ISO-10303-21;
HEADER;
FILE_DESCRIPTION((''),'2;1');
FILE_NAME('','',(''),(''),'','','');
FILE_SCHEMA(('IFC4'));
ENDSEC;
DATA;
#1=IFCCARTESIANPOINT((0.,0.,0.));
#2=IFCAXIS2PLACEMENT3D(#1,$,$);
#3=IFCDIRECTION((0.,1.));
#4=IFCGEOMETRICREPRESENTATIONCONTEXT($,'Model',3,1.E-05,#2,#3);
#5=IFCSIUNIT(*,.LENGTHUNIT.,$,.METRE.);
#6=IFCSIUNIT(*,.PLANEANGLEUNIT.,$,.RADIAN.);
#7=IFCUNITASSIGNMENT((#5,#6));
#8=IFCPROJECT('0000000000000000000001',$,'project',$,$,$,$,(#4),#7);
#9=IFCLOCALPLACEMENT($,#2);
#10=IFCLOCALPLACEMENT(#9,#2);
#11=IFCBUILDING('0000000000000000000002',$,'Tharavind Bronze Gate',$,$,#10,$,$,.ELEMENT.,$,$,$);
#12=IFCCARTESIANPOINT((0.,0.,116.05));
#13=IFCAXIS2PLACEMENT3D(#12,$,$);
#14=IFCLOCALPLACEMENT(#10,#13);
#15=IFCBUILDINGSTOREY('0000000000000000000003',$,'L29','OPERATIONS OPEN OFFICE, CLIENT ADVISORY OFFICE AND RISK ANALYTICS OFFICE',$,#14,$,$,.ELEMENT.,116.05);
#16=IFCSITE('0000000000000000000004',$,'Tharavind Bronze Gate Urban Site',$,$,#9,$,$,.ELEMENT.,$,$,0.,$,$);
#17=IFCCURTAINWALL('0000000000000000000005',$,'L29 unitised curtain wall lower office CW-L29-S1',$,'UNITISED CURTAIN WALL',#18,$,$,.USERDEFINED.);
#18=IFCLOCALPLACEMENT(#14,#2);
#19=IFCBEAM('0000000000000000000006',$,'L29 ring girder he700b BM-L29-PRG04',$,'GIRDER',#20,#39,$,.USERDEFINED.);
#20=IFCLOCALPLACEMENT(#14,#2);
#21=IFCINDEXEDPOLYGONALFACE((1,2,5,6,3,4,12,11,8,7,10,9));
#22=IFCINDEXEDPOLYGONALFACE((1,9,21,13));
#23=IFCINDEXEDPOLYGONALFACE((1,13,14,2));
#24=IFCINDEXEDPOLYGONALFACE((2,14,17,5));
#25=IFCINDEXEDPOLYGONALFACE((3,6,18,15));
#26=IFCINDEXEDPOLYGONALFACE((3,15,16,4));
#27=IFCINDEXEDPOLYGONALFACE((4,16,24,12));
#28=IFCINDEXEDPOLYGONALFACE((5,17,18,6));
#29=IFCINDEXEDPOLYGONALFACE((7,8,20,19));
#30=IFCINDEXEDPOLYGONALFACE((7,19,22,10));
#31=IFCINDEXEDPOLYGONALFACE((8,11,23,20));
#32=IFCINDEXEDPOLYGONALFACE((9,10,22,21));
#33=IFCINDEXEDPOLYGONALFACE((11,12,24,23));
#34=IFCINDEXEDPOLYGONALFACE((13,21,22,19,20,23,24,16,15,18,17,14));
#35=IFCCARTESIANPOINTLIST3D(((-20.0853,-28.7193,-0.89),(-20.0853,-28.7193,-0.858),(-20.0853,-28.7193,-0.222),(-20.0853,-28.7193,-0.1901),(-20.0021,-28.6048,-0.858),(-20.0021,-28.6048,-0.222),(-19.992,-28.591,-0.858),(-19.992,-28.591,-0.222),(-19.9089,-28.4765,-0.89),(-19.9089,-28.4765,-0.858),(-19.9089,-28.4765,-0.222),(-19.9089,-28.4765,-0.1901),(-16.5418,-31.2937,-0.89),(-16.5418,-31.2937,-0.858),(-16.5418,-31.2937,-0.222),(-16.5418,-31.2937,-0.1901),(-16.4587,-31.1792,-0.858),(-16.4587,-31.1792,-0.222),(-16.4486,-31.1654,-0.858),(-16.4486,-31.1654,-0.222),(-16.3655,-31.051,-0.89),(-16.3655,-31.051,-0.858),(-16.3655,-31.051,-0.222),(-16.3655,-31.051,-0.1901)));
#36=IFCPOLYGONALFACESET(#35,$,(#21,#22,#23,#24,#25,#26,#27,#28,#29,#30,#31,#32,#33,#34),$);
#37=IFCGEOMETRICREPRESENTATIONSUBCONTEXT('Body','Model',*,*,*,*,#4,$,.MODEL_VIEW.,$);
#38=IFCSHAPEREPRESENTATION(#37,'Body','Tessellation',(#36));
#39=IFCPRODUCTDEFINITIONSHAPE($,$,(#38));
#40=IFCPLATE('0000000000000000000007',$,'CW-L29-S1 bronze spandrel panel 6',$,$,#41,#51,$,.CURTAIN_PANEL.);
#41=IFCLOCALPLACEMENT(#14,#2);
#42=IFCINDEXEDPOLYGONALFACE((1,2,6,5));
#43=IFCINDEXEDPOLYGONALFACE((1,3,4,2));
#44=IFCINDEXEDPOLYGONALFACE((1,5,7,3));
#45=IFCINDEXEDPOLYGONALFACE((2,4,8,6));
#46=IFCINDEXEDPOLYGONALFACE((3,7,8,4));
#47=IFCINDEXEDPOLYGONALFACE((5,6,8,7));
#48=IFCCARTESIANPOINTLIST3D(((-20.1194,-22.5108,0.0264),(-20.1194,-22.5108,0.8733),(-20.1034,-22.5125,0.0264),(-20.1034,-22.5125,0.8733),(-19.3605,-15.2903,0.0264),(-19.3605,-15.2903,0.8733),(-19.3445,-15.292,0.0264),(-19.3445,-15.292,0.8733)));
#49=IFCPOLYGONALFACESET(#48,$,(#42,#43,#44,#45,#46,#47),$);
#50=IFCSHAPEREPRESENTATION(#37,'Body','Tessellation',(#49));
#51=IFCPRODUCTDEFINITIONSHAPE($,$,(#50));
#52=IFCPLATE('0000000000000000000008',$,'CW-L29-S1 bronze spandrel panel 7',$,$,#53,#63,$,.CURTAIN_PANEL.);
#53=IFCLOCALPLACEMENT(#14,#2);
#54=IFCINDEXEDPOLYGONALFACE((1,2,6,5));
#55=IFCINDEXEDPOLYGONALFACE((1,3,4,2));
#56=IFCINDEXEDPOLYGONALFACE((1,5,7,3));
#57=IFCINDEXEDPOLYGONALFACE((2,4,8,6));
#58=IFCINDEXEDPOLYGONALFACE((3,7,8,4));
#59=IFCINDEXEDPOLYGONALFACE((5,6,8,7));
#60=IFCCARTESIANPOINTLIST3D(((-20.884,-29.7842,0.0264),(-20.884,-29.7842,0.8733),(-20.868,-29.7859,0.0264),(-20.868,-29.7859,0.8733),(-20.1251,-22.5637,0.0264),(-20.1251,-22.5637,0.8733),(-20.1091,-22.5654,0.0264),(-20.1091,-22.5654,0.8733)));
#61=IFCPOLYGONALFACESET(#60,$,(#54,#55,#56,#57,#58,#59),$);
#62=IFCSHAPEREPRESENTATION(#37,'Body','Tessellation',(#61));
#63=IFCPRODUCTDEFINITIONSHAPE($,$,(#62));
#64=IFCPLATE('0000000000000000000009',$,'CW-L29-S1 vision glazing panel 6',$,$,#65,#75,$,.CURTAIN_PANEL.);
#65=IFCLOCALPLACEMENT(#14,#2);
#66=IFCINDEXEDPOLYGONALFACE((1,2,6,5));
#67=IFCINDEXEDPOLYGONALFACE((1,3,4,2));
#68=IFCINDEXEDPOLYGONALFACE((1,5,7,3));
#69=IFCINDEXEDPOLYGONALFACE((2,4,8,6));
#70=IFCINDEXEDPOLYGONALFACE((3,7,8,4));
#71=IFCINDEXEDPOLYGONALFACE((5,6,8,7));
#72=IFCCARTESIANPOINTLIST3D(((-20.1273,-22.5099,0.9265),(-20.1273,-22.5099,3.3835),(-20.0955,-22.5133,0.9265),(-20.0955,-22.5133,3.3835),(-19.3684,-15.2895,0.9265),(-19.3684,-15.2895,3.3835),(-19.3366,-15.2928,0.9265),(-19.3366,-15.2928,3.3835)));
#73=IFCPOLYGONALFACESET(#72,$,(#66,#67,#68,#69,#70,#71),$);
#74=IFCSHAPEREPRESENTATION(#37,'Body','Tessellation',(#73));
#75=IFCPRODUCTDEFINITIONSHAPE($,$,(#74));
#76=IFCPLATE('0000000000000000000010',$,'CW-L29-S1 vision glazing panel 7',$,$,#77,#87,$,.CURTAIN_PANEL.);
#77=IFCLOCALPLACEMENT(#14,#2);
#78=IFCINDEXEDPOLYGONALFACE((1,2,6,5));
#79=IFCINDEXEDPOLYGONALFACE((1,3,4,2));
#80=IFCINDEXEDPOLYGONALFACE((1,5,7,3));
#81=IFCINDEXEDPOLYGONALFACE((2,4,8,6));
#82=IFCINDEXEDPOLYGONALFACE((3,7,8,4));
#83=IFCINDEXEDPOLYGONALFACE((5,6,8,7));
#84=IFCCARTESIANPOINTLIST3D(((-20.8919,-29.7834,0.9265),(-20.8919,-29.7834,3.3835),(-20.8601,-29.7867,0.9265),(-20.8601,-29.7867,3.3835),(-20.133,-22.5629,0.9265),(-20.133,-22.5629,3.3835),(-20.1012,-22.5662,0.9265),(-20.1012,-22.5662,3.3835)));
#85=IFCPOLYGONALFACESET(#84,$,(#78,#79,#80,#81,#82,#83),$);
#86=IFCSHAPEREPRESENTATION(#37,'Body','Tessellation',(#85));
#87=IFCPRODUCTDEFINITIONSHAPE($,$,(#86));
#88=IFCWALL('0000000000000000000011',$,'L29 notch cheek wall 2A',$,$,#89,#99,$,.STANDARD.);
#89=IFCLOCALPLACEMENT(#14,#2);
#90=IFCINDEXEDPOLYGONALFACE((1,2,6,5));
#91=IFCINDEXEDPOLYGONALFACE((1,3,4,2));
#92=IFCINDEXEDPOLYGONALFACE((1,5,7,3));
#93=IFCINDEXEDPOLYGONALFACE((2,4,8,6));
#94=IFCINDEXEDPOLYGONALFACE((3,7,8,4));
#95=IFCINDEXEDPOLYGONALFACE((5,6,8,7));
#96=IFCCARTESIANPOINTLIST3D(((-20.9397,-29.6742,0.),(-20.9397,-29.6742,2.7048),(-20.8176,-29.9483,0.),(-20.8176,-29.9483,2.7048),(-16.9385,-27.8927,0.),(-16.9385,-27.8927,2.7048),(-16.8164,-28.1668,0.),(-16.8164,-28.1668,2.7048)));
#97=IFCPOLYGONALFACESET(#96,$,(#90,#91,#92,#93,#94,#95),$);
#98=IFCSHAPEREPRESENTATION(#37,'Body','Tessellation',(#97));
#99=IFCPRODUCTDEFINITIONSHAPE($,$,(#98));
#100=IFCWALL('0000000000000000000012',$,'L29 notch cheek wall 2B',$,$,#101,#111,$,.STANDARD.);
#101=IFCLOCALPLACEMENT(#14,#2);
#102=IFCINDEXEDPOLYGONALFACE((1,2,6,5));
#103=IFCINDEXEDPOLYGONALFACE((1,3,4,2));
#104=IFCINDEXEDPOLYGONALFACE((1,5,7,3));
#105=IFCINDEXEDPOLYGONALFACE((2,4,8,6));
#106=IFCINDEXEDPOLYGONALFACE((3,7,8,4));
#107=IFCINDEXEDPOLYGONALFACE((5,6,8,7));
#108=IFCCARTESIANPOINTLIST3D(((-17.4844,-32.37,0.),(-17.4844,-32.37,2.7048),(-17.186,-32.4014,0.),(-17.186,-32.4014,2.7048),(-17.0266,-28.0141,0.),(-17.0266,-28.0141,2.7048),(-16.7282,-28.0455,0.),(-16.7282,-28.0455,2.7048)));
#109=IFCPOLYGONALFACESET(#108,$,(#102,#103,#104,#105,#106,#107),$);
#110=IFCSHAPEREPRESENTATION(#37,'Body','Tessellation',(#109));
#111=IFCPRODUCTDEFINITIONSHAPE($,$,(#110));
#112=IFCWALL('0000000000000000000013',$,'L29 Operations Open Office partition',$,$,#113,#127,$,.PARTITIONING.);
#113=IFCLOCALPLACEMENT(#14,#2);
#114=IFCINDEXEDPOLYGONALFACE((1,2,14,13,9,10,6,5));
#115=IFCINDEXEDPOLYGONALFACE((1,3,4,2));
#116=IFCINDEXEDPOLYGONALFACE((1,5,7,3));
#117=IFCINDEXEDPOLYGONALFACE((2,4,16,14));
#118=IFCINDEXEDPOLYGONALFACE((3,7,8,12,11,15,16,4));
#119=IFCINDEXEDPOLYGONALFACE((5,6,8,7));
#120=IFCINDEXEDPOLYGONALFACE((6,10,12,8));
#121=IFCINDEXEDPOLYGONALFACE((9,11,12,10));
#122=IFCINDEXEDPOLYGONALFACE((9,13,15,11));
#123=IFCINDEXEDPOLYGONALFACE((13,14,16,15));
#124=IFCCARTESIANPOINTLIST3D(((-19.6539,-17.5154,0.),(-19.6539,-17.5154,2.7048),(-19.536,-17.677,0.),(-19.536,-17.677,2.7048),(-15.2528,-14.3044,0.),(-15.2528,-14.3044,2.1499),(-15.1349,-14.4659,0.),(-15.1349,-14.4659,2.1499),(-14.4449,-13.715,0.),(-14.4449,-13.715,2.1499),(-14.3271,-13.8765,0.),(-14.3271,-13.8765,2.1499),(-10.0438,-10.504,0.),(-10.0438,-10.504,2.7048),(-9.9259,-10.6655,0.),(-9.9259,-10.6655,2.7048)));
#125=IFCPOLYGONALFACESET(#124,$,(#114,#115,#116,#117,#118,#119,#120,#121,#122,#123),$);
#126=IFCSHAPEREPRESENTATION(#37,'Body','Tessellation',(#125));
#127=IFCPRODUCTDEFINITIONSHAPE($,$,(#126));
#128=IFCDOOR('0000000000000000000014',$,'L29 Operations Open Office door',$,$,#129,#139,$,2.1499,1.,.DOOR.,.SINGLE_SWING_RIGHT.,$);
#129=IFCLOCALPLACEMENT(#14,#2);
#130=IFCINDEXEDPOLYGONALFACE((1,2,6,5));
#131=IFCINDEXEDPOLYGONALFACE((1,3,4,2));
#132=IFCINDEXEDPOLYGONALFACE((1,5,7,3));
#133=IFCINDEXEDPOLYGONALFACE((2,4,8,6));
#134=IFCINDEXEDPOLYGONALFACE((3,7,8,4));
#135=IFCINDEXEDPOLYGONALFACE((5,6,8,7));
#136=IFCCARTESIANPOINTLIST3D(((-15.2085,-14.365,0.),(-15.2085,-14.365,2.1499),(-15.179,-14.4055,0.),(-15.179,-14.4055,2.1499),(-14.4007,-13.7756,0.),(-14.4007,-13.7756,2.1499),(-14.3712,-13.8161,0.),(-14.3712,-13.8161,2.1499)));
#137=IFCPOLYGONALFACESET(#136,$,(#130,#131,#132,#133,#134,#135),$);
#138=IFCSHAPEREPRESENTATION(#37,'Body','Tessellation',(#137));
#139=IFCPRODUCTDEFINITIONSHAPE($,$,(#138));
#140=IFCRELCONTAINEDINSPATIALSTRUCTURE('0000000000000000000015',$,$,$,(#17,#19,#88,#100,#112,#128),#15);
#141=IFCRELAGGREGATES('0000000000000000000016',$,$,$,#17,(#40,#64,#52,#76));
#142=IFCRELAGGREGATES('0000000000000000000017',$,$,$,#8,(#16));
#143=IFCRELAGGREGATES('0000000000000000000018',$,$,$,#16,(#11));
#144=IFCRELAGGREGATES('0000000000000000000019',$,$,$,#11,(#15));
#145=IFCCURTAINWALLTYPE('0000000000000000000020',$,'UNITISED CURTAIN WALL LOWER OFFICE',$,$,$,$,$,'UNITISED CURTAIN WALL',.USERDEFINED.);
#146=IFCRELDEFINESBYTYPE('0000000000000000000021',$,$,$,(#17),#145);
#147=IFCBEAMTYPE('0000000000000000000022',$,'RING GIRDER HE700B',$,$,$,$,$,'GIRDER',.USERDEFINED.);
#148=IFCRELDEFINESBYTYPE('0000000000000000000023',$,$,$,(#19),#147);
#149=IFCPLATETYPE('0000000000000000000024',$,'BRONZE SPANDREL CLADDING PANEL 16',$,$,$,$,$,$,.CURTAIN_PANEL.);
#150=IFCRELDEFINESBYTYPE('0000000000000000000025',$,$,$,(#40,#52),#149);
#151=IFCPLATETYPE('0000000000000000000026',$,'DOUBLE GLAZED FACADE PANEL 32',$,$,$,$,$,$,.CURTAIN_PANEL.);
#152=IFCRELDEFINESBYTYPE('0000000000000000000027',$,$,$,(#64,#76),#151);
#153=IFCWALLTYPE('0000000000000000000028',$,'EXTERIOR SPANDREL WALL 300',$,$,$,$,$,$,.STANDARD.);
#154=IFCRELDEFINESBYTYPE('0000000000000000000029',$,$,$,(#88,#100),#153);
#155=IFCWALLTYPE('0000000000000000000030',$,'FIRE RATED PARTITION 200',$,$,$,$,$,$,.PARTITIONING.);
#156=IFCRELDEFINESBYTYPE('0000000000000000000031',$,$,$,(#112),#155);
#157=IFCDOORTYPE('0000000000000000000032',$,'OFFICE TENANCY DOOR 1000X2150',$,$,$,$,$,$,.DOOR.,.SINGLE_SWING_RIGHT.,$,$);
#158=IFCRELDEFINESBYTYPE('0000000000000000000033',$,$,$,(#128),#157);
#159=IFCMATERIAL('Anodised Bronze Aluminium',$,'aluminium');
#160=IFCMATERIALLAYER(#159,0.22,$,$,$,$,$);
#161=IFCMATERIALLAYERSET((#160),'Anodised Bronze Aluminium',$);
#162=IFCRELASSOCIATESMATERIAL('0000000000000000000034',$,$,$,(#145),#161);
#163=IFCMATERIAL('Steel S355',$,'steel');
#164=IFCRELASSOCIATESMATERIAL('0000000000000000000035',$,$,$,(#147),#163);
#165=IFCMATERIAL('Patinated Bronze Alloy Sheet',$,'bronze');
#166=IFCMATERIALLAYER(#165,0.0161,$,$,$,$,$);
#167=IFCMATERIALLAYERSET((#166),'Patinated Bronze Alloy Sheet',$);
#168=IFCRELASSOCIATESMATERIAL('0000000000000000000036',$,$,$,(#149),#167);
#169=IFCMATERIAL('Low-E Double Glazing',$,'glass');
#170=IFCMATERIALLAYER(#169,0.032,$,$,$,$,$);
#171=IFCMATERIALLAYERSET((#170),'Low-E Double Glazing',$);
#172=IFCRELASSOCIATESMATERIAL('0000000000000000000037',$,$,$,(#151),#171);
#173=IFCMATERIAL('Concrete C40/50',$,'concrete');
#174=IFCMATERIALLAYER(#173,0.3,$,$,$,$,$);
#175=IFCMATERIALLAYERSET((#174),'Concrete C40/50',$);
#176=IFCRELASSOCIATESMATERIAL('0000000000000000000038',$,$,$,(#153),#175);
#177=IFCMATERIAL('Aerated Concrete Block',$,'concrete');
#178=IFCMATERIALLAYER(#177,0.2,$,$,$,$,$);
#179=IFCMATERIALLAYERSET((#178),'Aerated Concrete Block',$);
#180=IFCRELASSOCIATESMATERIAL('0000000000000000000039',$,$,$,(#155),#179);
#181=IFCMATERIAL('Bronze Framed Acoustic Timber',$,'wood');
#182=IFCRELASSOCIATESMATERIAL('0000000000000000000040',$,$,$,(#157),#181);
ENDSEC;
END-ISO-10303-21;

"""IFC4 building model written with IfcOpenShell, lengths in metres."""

from ifc_helpers import new_model, si_unit, direction, frame, frame_2d, origin, origin_2d, place, context, subcontext, project, spatial, rectangle, i_section, extrude, material, layer, layer_set, material_profile, profile_set, type_object, element, fill, aggregate, save


model = new_model("IFC4")

# Units and contexts
model_context = context("Model", 3, precision=1e-05, world=origin(), true_north=direction((0.0, 1.0)))
body_context = subcontext(model_context, "Body", "Model", "MODEL_VIEW")
ifc_project = project(units=[si_unit("LENGTHUNIT", "METRE"), si_unit("PLANEANGLEUNIT", "RADIAN")], contexts=[model_context])

# Site, building, storey
site_placement = place(None, origin())
site = spatial("IfcSite", under=ifc_project, at=site_placement, Name="Tharavind Bronze Gate Urban Site", CompositionType="ELEMENT", RefElevation=0.0)
building_placement = place(site_placement, origin())
building = spatial("IfcBuilding", under=site, at=building_placement, Name="Tharavind Bronze Gate", CompositionType="ELEMENT")
storey_placement = place(building_placement, frame((0.0, 0.0, 116.05)))
storey = spatial("IfcBuildingStorey", under=building, at=storey_placement, Name="L29", Description="OPERATIONS OPEN OFFICE, CLIENT ADVISORY OFFICE AND RISK ANALYTICS OFFICE", CompositionType="ELEMENT", Elevation=116.05)

# Curtain wall
ifc_material_1 = material(Name="Anodised Bronze Aluminium", Category="aluminium")
ifc_layer_1 = layer(ifc_material_1, 0.22)
ifc_layer_set_1 = layer_set([ifc_layer_1], Name="Anodised Bronze Aluminium")
curtain_wall_type = type_object("IfcCurtainWallType", Name="UNITISED CURTAIN WALL LOWER OFFICE", ElementType="UNITISED CURTAIN WALL", PredefinedType="USERDEFINED", material=ifc_layer_set_1)
curtain_wall_1_placement = place(storey_placement, origin())
curtain_wall_1 = element("IfcCurtainWall", 1, at=curtain_wall_1_placement, inside=storey, type_object=curtain_wall_type, Name="L29 unitised curtain wall lower office CW-L29-S1", ObjectType="UNITISED CURTAIN WALL", PredefinedType="USERDEFINED")

# Beam
ifc_material_2 = material(Name="Steel S355", Category="steel")
ifc_material_profile_1 = material_profile(ifc_material_2, i_section(OverallWidth=0.3, OverallDepth=0.7, WebThickness=0.0171, FlangeThickness=0.032, at=origin_2d()), Name="HE700B")
ifc_profile_set_1 = profile_set([ifc_material_profile_1], Name="Steel S355")
beam_type_1 = type_object("IfcBeamType", Name="RING GIRDER HE700B", ElementType="GIRDER", PredefinedType="USERDEFINED", material=ifc_profile_set_1)
beam_1_placement = place(storey_placement, frame((-19.9971, -28.5979, -0.54), z_axis=(0.809018, -0.587784, 0.0), x_axis=(0.587784, 0.809018, 0.0)))
element("IfcBeam", 2, at=beam_1_placement, inside=storey, type_object=beam_type_1, Name="L29 ring girder he700b BM-L29-PRG04", ObjectType="GIRDER", PredefinedType="USERDEFINED", context=body_context, shape_type="SweptSolid", body=[
    extrude(i_section(OverallWidth=0.3, OverallDepth=0.7, WebThickness=0.0171, FlangeThickness=0.032, at=origin_2d()), origin(), (0.0, 0.0, 1.0), 4.3799),
])

# Plates
ifc_material_3 = material(Name="Patinated Bronze Alloy Sheet", Category="bronze")
ifc_layer_2 = layer(ifc_material_3, 0.0161)
ifc_layer_set_2 = layer_set([ifc_layer_2], Name="Patinated Bronze Alloy Sheet")
plate_type_1 = type_object("IfcPlateType", Name="BRONZE SPANDREL CLADDING PANEL 16", PredefinedType="CURTAIN_PANEL", material=ifc_layer_set_2)
plate_1_placement = place(storey_placement, frame((-19.7319, -18.9014, 0.0264), z_axis=(0.0, 0.0, 1.0), x_axis=(-0.104527, -0.994522, 0.0)))
plate_1 = element("IfcPlate", 3, at=plate_1_placement, type_object=plate_type_1, Name="CW-L29-S1 bronze spandrel panel 6", PredefinedType="CURTAIN_PANEL", context=body_context, shape_type="SweptSolid", body=[
    extrude(rectangle(XDim=7.2603, YDim=0.0161, at=origin_2d()), origin(), (0.0, 0.0, 1.0), 0.8469),
])
plate_2_placement = place(storey_placement, frame((-20.4966, -26.1748, 0.0264), z_axis=(0.0, 0.0, 1.0), x_axis=(-0.104527, -0.994522, 0.0)))
plate_2 = element("IfcPlate", 4, at=plate_2_placement, type_object=plate_type_1, Name="CW-L29-S1 bronze spandrel panel 7", PredefinedType="CURTAIN_PANEL", context=body_context, shape_type="SweptSolid", body=[
    extrude(rectangle(XDim=7.2603, YDim=0.0161, at=origin_2d()), origin(), (0.0, 0.0, 1.0), 0.8469),
])
ifc_material_4 = material(Name="Low-E Double Glazing", Category="glass")
ifc_layer_3 = layer(ifc_material_4, 0.032)
ifc_layer_set_3 = layer_set([ifc_layer_3], Name="Low-E Double Glazing")
plate_type_2 = type_object("IfcPlateType", Name="DOUBLE GLAZED FACADE PANEL 32", PredefinedType="CURTAIN_PANEL", material=ifc_layer_set_3)
plate_3_placement = place(storey_placement, frame((-19.7319, -18.9014, 0.9265), z_axis=(0.0, 0.0, 1.0), x_axis=(-0.104527, -0.994522, 0.0)))
plate_3 = element("IfcPlate", 5, at=plate_3_placement, type_object=plate_type_2, Name="CW-L29-S1 vision glazing panel 6", PredefinedType="CURTAIN_PANEL", context=body_context, shape_type="SweptSolid", body=[
    extrude(rectangle(XDim=7.2603, YDim=0.032, at=origin_2d()), origin(), (0.0, 0.0, 1.0), 2.457),
])
plate_4_placement = place(storey_placement, frame((-20.4966, -26.1748, 0.9265), z_axis=(0.0, 0.0, 1.0), x_axis=(-0.104527, -0.994522, 0.0)))
plate_4 = element("IfcPlate", 6, at=plate_4_placement, type_object=plate_type_2, Name="CW-L29-S1 vision glazing panel 7", PredefinedType="CURTAIN_PANEL", context=body_context, shape_type="SweptSolid", body=[
    extrude(rectangle(XDim=7.2603, YDim=0.032, at=origin_2d()), origin(), (0.0, 0.0, 1.0), 2.457),
])
aggregate(curtain_wall_1, [plate_1, plate_3, plate_2, plate_4])

# Walls
ifc_material_5 = material(Name="Concrete C40/50", Category="concrete")
ifc_layer_4 = layer(ifc_material_5, 0.3)
ifc_layer_set_4 = layer_set([ifc_layer_4], Name="Concrete C40/50")
wall_type_1 = type_object("IfcWallType", Name="EXTERIOR SPANDREL WALL 300", PredefinedType="STANDARD", material=ifc_layer_set_4)
for number, where, z_axis, x_axis, name in (
    (7, (-20.8787, -29.8113, 0.0), (0.0, 0.0, 1.0), (0.913542, 0.406743, 0.0), "L29 notch cheek wall 2A"),
    (8, (-16.8774, -28.0298, 0.0), (0.0, 0.0, 1.0), (-0.104514, -0.994523, 0.0), "L29 notch cheek wall 2B"),
):
    element("IfcWall", number, at=place(storey_placement, frame(where, z_axis=z_axis, x_axis=x_axis)), inside=storey, type_object=wall_type_1, Name=name, PredefinedType="STANDARD", context=body_context, shape_type="SweptSolid", body=[
        extrude(rectangle(XDim=4.3799, YDim=0.3, at=frame_2d((2.1899, 0.0))), origin(), (0.0, 0.0, 1.0), 2.7048),
    ])

# Wall, opening, door
ifc_material_6 = material(Name="Aerated Concrete Block", Category="concrete")
ifc_layer_5 = layer(ifc_material_6, 0.2)
ifc_layer_set_5 = layer_set([ifc_layer_5], Name="Aerated Concrete Block")
wall_type_2 = type_object("IfcWallType", Name="FIRE RATED PARTITION 200", PredefinedType="PARTITIONING", material=ifc_layer_set_5)
wall_placement = place(storey_placement, frame((-19.595, -17.5962, 0.0), z_axis=(0.0, 0.0, 1.0), x_axis=(0.807843, 0.589397, 0.0)))
wall = element("IfcWall", 9, at=wall_placement, inside=storey, type_object=wall_type_2, Name="L29 Operations Open Office partition", PredefinedType="PARTITIONING", context=body_context, shape_type="SweptSolid", body=[
    extrude(rectangle(XDim=11.896, YDim=0.2, at=frame_2d((5.948, 0.0))), origin(), (0.0, 0.0, 1.0), 2.7048),
])
opening_placement = place(wall_placement, frame((5.448, 0.0, 0.0)))
opening = element("IfcOpeningElement", 10, at=opening_placement, cuts=wall, PredefinedType="OPENING", context=body_context, shape_type="SweptSolid", body=[
    extrude(rectangle(XDim=1.0, YDim=2.1499, at=frame_2d((0.5, 1.075))), frame((0.0, 0.1101, 0.0), z_axis=(0.0, -1.0, 0.0), x_axis=(1.0, 0.0, 0.0)), (0.0, 0.0, 1.0), 0.22),
])
ifc_material_7 = material(Name="Bronze Framed Acoustic Timber", Category="wood")
door_type = type_object("IfcDoorType", Name="OFFICE TENANCY DOOR 1000X2150", OperationType="SINGLE_SWING_RIGHT", PredefinedType="DOOR", material=ifc_material_7)
door_placement = place(opening_placement, origin())
door = element("IfcDoor", 11, at=door_placement, inside=storey, type_object=door_type, Name="L29 Operations Open Office door", OperationType="SINGLE_SWING_RIGHT", OverallHeight=2.1499, OverallWidth=1.0, PredefinedType="DOOR", context=body_context, shape_type="SweptSolid", body=[
    extrude(rectangle(XDim=1.0, YDim=2.1499, at=frame_2d((0.5, 1.075))), frame((0.0, 0.0249, 0.0), z_axis=(0.0, -1.0, 0.0), x_axis=(1.0, 0.0, 0.0)), (0.0, 0.0, 1.0), 0.05),
])
fill(opening, door)

save(model, "model.ifc")
